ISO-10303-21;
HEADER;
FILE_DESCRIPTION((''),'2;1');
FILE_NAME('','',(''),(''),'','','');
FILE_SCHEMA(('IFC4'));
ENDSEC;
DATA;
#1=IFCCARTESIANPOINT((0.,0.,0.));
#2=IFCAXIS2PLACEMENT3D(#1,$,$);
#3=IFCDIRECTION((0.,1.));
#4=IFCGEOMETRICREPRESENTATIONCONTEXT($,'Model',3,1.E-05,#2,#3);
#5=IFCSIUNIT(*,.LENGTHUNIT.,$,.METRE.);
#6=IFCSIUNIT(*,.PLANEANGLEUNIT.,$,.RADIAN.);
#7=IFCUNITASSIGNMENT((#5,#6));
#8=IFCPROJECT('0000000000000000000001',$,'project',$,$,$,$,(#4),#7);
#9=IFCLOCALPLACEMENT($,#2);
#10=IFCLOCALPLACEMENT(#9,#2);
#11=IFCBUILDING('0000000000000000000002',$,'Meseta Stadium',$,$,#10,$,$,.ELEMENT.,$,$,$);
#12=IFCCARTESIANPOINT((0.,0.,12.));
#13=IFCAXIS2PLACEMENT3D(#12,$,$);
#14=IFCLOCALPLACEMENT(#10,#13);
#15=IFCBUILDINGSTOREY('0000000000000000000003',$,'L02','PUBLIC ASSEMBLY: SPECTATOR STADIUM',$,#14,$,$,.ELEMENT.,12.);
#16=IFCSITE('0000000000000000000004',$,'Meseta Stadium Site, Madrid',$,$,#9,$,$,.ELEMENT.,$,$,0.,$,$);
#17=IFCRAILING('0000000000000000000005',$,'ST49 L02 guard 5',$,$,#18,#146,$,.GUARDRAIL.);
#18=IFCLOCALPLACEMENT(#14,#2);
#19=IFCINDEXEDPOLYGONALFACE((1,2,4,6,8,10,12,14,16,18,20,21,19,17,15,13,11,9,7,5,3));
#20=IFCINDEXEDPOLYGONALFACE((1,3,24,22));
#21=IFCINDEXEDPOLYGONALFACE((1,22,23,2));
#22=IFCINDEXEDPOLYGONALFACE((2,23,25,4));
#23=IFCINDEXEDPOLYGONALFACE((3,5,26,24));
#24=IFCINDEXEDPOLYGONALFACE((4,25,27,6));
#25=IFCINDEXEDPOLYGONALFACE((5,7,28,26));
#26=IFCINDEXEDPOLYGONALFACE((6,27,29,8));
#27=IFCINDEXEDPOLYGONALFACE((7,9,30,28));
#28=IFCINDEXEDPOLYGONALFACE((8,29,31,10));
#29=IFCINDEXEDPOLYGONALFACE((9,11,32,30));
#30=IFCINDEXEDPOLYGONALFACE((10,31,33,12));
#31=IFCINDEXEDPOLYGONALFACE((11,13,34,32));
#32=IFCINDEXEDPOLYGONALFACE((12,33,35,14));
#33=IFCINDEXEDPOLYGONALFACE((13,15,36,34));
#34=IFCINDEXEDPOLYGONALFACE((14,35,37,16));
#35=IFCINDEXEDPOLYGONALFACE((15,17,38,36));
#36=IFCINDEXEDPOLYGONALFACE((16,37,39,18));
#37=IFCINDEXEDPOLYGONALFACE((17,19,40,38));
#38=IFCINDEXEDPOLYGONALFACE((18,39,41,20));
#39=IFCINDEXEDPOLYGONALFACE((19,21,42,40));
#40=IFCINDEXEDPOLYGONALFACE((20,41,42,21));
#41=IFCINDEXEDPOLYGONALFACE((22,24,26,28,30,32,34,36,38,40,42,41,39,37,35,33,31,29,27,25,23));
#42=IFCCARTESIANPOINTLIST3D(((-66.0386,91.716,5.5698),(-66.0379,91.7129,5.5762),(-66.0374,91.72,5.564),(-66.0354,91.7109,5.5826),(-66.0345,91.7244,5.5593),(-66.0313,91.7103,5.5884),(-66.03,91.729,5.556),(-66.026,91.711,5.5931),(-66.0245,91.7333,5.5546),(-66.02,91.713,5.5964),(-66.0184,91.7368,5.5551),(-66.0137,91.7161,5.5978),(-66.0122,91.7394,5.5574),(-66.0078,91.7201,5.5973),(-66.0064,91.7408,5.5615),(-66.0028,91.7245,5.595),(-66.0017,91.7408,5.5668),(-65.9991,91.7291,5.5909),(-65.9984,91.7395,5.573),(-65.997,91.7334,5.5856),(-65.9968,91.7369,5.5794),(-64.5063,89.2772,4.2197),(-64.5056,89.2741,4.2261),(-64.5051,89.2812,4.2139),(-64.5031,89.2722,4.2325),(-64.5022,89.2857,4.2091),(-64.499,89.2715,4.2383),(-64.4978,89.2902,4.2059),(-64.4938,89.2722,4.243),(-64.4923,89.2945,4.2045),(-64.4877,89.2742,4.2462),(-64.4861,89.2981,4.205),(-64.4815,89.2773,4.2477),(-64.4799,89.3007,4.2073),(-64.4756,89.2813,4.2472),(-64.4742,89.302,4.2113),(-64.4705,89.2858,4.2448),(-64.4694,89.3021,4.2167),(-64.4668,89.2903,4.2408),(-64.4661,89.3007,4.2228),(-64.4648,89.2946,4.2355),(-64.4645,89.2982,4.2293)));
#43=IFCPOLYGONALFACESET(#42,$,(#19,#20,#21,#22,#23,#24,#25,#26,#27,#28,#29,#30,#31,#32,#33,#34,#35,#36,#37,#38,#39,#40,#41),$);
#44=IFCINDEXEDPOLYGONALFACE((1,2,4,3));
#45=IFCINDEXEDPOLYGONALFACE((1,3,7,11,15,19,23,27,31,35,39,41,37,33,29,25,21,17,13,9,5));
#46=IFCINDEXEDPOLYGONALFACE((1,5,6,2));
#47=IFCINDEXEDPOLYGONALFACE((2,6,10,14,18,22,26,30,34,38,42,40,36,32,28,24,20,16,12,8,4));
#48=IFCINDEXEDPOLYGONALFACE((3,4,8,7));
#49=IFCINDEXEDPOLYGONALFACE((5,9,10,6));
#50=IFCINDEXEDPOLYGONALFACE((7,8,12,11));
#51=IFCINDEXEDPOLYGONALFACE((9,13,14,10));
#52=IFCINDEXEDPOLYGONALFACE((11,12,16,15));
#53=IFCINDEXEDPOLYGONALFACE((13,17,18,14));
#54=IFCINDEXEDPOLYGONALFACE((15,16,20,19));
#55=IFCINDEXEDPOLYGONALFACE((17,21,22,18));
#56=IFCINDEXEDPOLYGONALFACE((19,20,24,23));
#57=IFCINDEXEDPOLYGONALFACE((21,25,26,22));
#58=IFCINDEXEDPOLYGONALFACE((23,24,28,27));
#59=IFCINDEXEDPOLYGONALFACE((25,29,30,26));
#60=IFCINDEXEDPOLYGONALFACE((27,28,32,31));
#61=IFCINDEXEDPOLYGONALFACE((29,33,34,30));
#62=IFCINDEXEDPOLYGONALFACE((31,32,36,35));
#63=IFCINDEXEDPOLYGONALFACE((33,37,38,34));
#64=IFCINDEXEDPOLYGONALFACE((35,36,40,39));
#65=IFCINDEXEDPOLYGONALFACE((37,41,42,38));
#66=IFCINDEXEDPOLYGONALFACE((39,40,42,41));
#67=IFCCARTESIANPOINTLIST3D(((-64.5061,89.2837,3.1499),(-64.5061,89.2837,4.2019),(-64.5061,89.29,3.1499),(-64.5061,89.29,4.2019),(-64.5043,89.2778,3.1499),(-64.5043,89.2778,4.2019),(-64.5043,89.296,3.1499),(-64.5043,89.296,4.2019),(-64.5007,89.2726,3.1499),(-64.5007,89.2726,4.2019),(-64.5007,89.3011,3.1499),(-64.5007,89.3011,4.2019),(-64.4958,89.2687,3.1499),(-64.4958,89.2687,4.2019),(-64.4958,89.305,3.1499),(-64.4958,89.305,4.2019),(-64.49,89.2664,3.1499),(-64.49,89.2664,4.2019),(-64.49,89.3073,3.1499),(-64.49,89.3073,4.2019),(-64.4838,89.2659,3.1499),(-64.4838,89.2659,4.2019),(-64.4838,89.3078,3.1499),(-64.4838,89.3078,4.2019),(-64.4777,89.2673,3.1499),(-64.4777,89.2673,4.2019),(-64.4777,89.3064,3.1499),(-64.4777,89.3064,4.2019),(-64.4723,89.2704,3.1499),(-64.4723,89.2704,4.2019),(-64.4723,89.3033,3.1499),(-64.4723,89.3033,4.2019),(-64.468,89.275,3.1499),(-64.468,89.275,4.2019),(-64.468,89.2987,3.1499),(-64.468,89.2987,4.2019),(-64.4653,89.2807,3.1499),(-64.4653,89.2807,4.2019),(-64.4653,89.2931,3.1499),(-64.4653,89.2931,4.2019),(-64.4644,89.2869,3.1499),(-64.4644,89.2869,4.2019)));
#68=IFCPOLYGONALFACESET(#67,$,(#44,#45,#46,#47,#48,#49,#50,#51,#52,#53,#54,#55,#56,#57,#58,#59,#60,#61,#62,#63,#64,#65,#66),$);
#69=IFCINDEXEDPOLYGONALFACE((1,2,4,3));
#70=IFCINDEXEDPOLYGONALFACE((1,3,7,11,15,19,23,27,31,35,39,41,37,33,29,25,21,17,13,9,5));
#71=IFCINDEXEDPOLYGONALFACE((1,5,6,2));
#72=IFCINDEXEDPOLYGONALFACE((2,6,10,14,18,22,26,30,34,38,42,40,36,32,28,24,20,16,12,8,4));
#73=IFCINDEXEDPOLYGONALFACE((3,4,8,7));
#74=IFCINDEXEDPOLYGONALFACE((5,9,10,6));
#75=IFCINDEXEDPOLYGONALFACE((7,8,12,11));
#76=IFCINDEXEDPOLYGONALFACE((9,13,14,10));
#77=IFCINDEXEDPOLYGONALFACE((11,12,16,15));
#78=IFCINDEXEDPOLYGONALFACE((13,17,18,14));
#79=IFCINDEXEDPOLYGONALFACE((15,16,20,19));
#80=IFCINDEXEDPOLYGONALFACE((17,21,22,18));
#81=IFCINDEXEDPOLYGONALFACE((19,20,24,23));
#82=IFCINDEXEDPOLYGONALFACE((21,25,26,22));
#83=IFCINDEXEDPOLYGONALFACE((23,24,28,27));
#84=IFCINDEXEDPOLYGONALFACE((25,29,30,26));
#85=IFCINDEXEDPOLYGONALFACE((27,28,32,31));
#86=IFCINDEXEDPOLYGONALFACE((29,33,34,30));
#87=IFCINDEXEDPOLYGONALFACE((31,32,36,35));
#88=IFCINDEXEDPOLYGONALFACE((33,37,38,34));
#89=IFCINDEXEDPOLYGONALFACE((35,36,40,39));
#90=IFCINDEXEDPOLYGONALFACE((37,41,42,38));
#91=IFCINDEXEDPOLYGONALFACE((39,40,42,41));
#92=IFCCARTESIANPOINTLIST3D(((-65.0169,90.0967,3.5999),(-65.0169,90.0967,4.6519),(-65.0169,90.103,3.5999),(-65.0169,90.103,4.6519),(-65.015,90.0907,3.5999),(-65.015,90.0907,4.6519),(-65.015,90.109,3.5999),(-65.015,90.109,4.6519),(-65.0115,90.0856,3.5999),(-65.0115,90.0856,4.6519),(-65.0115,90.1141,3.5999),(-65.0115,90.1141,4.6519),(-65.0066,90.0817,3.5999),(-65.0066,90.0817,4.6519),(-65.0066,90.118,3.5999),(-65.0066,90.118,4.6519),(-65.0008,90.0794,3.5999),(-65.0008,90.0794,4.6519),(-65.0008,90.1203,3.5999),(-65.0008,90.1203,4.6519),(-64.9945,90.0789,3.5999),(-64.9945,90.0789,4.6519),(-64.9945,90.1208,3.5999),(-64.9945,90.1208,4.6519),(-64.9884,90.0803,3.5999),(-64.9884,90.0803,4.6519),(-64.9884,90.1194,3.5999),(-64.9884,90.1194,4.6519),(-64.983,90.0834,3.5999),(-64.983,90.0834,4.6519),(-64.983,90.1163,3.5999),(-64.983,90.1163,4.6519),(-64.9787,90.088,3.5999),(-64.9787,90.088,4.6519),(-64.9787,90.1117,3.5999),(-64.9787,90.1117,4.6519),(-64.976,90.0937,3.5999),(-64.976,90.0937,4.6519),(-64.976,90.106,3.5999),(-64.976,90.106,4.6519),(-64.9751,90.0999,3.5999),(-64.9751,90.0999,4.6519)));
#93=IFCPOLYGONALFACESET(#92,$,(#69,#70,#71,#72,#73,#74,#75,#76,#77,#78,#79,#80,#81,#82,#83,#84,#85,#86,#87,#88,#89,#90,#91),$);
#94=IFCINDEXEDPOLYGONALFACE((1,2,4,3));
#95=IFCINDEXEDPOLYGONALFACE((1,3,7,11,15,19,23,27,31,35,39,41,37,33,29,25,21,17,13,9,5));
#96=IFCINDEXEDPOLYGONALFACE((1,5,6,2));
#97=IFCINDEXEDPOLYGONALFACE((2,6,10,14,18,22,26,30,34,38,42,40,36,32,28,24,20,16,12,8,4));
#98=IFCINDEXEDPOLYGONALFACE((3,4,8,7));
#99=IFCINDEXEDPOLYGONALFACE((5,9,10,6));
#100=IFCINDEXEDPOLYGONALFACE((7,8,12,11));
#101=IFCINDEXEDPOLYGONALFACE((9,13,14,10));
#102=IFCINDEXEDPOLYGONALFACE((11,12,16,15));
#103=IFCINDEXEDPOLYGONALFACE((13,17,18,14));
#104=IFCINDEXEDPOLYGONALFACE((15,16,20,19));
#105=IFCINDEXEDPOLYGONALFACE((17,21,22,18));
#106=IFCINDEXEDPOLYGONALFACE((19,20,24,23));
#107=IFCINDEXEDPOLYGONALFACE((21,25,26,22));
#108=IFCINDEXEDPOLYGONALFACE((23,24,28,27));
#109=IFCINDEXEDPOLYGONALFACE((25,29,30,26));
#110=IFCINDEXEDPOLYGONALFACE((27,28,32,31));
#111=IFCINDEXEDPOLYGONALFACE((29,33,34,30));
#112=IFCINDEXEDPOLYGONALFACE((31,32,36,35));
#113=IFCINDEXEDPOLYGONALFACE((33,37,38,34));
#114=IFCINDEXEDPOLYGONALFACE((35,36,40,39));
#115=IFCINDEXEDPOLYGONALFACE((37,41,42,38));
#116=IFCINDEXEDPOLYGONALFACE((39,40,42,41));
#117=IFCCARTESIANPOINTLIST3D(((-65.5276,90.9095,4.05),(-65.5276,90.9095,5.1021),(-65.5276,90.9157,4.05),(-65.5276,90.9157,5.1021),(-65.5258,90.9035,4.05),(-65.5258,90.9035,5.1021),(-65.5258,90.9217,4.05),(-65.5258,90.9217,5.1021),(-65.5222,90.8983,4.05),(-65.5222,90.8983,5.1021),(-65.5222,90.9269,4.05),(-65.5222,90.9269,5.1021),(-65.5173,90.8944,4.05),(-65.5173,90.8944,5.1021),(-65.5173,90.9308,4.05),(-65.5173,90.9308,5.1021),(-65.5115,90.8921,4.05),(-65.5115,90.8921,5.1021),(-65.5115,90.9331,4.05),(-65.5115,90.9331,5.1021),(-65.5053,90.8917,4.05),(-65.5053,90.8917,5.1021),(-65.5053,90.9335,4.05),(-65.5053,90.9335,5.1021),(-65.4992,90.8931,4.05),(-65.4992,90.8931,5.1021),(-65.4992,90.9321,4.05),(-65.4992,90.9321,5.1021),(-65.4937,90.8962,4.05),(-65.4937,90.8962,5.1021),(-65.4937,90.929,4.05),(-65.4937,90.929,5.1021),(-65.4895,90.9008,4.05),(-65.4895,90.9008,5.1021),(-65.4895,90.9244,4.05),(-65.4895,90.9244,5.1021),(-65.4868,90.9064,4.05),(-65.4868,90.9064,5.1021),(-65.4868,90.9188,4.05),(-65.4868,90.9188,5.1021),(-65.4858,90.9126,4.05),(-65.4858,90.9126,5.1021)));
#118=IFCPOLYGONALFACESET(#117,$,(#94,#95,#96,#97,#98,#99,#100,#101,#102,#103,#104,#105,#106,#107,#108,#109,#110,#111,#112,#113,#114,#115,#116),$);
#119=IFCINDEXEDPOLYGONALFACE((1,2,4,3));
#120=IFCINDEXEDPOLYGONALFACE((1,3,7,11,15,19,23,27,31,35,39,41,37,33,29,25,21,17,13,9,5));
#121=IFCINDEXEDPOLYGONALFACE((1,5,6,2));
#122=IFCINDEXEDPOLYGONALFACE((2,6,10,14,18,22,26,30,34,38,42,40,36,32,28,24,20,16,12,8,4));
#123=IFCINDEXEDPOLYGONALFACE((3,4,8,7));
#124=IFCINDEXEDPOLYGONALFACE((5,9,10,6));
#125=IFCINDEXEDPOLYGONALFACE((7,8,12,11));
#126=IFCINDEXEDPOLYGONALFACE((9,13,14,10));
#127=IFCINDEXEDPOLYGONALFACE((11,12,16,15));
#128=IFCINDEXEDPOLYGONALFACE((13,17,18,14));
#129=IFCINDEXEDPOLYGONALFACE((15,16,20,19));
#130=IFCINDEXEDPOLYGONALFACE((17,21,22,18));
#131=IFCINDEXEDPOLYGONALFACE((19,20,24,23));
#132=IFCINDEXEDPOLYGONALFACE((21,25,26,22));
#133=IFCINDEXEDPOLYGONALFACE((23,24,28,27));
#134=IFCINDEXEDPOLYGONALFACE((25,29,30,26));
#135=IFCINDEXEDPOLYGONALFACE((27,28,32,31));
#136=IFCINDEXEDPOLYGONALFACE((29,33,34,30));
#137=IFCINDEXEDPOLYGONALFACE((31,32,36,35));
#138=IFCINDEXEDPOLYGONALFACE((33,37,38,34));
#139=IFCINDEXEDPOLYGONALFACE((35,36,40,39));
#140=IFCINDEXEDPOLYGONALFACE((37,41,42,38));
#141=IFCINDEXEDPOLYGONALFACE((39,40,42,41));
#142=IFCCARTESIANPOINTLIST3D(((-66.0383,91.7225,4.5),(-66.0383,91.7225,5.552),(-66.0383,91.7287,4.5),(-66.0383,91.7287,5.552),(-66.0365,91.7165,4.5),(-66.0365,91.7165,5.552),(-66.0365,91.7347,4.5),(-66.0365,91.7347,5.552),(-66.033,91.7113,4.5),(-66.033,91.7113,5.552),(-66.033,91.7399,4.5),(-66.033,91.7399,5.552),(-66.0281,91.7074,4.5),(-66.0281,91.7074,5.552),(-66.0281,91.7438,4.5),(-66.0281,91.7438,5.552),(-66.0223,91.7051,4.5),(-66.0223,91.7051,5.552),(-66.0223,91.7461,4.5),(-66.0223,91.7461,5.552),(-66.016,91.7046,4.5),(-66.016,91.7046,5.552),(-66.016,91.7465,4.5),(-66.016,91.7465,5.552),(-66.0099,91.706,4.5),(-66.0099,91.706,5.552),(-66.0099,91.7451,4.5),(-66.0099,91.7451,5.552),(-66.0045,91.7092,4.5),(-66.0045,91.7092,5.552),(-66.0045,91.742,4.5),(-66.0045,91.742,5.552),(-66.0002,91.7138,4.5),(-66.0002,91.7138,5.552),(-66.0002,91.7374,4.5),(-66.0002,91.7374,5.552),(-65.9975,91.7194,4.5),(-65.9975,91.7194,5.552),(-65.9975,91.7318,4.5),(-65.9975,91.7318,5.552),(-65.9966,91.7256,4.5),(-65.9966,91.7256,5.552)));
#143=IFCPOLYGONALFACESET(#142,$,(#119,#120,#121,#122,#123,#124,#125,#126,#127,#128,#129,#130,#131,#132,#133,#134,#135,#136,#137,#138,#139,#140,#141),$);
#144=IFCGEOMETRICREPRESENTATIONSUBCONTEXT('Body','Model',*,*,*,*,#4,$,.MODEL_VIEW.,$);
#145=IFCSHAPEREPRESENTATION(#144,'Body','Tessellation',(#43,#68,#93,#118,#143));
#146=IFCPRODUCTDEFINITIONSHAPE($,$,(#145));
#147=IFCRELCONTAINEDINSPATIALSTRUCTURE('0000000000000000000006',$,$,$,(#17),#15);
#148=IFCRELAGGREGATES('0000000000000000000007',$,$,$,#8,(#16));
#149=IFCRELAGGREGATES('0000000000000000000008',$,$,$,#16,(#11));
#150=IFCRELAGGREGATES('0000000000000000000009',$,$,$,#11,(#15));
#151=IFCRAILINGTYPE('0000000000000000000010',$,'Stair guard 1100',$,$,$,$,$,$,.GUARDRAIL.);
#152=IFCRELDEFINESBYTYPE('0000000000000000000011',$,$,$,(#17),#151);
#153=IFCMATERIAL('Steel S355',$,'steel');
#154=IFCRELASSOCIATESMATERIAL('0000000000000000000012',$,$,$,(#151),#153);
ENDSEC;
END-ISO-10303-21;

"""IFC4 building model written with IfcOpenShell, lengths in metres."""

from ifc_helpers import new_model, si_unit, direction, frame, origin, origin_2d, place, context, subcontext, project, spatial, circle, extrude, material, type_object, element, save


model = new_model("IFC4")

# Units and contexts
model_context = context("Model", 3, precision=1e-05, world=origin(), true_north=direction((0.0, 1.0)))
body_context = subcontext(model_context, "Body", "Model", "MODEL_VIEW")
ifc_project = project(units=[si_unit("LENGTHUNIT", "METRE"), si_unit("PLANEANGLEUNIT", "RADIAN")], contexts=[model_context])

# Site, building, storey
site_placement = place(None, origin())
site = spatial("IfcSite", under=ifc_project, at=site_placement, Name="Meseta Stadium Site, Madrid", CompositionType="ELEMENT", RefElevation=0.0)
building_placement = place(site_placement, origin())
building = spatial("IfcBuilding", under=site, at=building_placement, Name="Meseta Stadium", CompositionType="ELEMENT")
storey_placement = place(building_placement, frame((0.0, 0.0, 12.0)))
storey = spatial("IfcBuildingStorey", under=building, at=storey_placement, Name="L02", Description="PUBLIC ASSEMBLY: SPECTATOR STADIUM", CompositionType="ELEMENT", Elevation=12.0)

# Railing
ifc_material_1 = material(Name="Steel S355", Category="steel")
railing_type_1 = type_object("IfcRailingType", Name="Stair guard 1100", PredefinedType="GUARDRAIL", material=ifc_material_1)
railing_1_placement = place(storey_placement, frame((-64.4854, 89.2869, 3.1499)))
element("IfcRailing", 1, at=railing_1_placement, inside=storey, type_object=railing_type_1, Name="ST49 L02 guard 5", PredefinedType="GUARDRAIL", context=body_context, shape_type="SweptSolid", body=[
    extrude(circle(Radius=0.0239, at=origin_2d()), frame((0.0, 0.0, 1.0762), z_axis=(-0.481703, 0.766687, 0.424445), x_axis=(-0.846743, -0.532001, 0.0)), (0.0, 0.0, 1.0), 3.1809),
    extrude(circle(Radius=0.021, at=origin_2d()), origin(), (0.0, 0.0, 1.0), 1.052),
    extrude(circle(Radius=0.021, at=origin_2d()), frame((-0.5107, 0.813, 0.45)), (0.0, 0.0, 1.0), 1.052),
    extrude(circle(Radius=0.021, at=origin_2d()), frame((-1.0215, 1.6257, 0.9001)), (0.0, 0.0, 1.0), 1.052),
    extrude(circle(Radius=0.021, at=origin_2d()), frame((-1.5322, 2.4387, 1.3501)), (0.0, 0.0, 1.0), 1.052),
])

save(model, "model.ifc")
